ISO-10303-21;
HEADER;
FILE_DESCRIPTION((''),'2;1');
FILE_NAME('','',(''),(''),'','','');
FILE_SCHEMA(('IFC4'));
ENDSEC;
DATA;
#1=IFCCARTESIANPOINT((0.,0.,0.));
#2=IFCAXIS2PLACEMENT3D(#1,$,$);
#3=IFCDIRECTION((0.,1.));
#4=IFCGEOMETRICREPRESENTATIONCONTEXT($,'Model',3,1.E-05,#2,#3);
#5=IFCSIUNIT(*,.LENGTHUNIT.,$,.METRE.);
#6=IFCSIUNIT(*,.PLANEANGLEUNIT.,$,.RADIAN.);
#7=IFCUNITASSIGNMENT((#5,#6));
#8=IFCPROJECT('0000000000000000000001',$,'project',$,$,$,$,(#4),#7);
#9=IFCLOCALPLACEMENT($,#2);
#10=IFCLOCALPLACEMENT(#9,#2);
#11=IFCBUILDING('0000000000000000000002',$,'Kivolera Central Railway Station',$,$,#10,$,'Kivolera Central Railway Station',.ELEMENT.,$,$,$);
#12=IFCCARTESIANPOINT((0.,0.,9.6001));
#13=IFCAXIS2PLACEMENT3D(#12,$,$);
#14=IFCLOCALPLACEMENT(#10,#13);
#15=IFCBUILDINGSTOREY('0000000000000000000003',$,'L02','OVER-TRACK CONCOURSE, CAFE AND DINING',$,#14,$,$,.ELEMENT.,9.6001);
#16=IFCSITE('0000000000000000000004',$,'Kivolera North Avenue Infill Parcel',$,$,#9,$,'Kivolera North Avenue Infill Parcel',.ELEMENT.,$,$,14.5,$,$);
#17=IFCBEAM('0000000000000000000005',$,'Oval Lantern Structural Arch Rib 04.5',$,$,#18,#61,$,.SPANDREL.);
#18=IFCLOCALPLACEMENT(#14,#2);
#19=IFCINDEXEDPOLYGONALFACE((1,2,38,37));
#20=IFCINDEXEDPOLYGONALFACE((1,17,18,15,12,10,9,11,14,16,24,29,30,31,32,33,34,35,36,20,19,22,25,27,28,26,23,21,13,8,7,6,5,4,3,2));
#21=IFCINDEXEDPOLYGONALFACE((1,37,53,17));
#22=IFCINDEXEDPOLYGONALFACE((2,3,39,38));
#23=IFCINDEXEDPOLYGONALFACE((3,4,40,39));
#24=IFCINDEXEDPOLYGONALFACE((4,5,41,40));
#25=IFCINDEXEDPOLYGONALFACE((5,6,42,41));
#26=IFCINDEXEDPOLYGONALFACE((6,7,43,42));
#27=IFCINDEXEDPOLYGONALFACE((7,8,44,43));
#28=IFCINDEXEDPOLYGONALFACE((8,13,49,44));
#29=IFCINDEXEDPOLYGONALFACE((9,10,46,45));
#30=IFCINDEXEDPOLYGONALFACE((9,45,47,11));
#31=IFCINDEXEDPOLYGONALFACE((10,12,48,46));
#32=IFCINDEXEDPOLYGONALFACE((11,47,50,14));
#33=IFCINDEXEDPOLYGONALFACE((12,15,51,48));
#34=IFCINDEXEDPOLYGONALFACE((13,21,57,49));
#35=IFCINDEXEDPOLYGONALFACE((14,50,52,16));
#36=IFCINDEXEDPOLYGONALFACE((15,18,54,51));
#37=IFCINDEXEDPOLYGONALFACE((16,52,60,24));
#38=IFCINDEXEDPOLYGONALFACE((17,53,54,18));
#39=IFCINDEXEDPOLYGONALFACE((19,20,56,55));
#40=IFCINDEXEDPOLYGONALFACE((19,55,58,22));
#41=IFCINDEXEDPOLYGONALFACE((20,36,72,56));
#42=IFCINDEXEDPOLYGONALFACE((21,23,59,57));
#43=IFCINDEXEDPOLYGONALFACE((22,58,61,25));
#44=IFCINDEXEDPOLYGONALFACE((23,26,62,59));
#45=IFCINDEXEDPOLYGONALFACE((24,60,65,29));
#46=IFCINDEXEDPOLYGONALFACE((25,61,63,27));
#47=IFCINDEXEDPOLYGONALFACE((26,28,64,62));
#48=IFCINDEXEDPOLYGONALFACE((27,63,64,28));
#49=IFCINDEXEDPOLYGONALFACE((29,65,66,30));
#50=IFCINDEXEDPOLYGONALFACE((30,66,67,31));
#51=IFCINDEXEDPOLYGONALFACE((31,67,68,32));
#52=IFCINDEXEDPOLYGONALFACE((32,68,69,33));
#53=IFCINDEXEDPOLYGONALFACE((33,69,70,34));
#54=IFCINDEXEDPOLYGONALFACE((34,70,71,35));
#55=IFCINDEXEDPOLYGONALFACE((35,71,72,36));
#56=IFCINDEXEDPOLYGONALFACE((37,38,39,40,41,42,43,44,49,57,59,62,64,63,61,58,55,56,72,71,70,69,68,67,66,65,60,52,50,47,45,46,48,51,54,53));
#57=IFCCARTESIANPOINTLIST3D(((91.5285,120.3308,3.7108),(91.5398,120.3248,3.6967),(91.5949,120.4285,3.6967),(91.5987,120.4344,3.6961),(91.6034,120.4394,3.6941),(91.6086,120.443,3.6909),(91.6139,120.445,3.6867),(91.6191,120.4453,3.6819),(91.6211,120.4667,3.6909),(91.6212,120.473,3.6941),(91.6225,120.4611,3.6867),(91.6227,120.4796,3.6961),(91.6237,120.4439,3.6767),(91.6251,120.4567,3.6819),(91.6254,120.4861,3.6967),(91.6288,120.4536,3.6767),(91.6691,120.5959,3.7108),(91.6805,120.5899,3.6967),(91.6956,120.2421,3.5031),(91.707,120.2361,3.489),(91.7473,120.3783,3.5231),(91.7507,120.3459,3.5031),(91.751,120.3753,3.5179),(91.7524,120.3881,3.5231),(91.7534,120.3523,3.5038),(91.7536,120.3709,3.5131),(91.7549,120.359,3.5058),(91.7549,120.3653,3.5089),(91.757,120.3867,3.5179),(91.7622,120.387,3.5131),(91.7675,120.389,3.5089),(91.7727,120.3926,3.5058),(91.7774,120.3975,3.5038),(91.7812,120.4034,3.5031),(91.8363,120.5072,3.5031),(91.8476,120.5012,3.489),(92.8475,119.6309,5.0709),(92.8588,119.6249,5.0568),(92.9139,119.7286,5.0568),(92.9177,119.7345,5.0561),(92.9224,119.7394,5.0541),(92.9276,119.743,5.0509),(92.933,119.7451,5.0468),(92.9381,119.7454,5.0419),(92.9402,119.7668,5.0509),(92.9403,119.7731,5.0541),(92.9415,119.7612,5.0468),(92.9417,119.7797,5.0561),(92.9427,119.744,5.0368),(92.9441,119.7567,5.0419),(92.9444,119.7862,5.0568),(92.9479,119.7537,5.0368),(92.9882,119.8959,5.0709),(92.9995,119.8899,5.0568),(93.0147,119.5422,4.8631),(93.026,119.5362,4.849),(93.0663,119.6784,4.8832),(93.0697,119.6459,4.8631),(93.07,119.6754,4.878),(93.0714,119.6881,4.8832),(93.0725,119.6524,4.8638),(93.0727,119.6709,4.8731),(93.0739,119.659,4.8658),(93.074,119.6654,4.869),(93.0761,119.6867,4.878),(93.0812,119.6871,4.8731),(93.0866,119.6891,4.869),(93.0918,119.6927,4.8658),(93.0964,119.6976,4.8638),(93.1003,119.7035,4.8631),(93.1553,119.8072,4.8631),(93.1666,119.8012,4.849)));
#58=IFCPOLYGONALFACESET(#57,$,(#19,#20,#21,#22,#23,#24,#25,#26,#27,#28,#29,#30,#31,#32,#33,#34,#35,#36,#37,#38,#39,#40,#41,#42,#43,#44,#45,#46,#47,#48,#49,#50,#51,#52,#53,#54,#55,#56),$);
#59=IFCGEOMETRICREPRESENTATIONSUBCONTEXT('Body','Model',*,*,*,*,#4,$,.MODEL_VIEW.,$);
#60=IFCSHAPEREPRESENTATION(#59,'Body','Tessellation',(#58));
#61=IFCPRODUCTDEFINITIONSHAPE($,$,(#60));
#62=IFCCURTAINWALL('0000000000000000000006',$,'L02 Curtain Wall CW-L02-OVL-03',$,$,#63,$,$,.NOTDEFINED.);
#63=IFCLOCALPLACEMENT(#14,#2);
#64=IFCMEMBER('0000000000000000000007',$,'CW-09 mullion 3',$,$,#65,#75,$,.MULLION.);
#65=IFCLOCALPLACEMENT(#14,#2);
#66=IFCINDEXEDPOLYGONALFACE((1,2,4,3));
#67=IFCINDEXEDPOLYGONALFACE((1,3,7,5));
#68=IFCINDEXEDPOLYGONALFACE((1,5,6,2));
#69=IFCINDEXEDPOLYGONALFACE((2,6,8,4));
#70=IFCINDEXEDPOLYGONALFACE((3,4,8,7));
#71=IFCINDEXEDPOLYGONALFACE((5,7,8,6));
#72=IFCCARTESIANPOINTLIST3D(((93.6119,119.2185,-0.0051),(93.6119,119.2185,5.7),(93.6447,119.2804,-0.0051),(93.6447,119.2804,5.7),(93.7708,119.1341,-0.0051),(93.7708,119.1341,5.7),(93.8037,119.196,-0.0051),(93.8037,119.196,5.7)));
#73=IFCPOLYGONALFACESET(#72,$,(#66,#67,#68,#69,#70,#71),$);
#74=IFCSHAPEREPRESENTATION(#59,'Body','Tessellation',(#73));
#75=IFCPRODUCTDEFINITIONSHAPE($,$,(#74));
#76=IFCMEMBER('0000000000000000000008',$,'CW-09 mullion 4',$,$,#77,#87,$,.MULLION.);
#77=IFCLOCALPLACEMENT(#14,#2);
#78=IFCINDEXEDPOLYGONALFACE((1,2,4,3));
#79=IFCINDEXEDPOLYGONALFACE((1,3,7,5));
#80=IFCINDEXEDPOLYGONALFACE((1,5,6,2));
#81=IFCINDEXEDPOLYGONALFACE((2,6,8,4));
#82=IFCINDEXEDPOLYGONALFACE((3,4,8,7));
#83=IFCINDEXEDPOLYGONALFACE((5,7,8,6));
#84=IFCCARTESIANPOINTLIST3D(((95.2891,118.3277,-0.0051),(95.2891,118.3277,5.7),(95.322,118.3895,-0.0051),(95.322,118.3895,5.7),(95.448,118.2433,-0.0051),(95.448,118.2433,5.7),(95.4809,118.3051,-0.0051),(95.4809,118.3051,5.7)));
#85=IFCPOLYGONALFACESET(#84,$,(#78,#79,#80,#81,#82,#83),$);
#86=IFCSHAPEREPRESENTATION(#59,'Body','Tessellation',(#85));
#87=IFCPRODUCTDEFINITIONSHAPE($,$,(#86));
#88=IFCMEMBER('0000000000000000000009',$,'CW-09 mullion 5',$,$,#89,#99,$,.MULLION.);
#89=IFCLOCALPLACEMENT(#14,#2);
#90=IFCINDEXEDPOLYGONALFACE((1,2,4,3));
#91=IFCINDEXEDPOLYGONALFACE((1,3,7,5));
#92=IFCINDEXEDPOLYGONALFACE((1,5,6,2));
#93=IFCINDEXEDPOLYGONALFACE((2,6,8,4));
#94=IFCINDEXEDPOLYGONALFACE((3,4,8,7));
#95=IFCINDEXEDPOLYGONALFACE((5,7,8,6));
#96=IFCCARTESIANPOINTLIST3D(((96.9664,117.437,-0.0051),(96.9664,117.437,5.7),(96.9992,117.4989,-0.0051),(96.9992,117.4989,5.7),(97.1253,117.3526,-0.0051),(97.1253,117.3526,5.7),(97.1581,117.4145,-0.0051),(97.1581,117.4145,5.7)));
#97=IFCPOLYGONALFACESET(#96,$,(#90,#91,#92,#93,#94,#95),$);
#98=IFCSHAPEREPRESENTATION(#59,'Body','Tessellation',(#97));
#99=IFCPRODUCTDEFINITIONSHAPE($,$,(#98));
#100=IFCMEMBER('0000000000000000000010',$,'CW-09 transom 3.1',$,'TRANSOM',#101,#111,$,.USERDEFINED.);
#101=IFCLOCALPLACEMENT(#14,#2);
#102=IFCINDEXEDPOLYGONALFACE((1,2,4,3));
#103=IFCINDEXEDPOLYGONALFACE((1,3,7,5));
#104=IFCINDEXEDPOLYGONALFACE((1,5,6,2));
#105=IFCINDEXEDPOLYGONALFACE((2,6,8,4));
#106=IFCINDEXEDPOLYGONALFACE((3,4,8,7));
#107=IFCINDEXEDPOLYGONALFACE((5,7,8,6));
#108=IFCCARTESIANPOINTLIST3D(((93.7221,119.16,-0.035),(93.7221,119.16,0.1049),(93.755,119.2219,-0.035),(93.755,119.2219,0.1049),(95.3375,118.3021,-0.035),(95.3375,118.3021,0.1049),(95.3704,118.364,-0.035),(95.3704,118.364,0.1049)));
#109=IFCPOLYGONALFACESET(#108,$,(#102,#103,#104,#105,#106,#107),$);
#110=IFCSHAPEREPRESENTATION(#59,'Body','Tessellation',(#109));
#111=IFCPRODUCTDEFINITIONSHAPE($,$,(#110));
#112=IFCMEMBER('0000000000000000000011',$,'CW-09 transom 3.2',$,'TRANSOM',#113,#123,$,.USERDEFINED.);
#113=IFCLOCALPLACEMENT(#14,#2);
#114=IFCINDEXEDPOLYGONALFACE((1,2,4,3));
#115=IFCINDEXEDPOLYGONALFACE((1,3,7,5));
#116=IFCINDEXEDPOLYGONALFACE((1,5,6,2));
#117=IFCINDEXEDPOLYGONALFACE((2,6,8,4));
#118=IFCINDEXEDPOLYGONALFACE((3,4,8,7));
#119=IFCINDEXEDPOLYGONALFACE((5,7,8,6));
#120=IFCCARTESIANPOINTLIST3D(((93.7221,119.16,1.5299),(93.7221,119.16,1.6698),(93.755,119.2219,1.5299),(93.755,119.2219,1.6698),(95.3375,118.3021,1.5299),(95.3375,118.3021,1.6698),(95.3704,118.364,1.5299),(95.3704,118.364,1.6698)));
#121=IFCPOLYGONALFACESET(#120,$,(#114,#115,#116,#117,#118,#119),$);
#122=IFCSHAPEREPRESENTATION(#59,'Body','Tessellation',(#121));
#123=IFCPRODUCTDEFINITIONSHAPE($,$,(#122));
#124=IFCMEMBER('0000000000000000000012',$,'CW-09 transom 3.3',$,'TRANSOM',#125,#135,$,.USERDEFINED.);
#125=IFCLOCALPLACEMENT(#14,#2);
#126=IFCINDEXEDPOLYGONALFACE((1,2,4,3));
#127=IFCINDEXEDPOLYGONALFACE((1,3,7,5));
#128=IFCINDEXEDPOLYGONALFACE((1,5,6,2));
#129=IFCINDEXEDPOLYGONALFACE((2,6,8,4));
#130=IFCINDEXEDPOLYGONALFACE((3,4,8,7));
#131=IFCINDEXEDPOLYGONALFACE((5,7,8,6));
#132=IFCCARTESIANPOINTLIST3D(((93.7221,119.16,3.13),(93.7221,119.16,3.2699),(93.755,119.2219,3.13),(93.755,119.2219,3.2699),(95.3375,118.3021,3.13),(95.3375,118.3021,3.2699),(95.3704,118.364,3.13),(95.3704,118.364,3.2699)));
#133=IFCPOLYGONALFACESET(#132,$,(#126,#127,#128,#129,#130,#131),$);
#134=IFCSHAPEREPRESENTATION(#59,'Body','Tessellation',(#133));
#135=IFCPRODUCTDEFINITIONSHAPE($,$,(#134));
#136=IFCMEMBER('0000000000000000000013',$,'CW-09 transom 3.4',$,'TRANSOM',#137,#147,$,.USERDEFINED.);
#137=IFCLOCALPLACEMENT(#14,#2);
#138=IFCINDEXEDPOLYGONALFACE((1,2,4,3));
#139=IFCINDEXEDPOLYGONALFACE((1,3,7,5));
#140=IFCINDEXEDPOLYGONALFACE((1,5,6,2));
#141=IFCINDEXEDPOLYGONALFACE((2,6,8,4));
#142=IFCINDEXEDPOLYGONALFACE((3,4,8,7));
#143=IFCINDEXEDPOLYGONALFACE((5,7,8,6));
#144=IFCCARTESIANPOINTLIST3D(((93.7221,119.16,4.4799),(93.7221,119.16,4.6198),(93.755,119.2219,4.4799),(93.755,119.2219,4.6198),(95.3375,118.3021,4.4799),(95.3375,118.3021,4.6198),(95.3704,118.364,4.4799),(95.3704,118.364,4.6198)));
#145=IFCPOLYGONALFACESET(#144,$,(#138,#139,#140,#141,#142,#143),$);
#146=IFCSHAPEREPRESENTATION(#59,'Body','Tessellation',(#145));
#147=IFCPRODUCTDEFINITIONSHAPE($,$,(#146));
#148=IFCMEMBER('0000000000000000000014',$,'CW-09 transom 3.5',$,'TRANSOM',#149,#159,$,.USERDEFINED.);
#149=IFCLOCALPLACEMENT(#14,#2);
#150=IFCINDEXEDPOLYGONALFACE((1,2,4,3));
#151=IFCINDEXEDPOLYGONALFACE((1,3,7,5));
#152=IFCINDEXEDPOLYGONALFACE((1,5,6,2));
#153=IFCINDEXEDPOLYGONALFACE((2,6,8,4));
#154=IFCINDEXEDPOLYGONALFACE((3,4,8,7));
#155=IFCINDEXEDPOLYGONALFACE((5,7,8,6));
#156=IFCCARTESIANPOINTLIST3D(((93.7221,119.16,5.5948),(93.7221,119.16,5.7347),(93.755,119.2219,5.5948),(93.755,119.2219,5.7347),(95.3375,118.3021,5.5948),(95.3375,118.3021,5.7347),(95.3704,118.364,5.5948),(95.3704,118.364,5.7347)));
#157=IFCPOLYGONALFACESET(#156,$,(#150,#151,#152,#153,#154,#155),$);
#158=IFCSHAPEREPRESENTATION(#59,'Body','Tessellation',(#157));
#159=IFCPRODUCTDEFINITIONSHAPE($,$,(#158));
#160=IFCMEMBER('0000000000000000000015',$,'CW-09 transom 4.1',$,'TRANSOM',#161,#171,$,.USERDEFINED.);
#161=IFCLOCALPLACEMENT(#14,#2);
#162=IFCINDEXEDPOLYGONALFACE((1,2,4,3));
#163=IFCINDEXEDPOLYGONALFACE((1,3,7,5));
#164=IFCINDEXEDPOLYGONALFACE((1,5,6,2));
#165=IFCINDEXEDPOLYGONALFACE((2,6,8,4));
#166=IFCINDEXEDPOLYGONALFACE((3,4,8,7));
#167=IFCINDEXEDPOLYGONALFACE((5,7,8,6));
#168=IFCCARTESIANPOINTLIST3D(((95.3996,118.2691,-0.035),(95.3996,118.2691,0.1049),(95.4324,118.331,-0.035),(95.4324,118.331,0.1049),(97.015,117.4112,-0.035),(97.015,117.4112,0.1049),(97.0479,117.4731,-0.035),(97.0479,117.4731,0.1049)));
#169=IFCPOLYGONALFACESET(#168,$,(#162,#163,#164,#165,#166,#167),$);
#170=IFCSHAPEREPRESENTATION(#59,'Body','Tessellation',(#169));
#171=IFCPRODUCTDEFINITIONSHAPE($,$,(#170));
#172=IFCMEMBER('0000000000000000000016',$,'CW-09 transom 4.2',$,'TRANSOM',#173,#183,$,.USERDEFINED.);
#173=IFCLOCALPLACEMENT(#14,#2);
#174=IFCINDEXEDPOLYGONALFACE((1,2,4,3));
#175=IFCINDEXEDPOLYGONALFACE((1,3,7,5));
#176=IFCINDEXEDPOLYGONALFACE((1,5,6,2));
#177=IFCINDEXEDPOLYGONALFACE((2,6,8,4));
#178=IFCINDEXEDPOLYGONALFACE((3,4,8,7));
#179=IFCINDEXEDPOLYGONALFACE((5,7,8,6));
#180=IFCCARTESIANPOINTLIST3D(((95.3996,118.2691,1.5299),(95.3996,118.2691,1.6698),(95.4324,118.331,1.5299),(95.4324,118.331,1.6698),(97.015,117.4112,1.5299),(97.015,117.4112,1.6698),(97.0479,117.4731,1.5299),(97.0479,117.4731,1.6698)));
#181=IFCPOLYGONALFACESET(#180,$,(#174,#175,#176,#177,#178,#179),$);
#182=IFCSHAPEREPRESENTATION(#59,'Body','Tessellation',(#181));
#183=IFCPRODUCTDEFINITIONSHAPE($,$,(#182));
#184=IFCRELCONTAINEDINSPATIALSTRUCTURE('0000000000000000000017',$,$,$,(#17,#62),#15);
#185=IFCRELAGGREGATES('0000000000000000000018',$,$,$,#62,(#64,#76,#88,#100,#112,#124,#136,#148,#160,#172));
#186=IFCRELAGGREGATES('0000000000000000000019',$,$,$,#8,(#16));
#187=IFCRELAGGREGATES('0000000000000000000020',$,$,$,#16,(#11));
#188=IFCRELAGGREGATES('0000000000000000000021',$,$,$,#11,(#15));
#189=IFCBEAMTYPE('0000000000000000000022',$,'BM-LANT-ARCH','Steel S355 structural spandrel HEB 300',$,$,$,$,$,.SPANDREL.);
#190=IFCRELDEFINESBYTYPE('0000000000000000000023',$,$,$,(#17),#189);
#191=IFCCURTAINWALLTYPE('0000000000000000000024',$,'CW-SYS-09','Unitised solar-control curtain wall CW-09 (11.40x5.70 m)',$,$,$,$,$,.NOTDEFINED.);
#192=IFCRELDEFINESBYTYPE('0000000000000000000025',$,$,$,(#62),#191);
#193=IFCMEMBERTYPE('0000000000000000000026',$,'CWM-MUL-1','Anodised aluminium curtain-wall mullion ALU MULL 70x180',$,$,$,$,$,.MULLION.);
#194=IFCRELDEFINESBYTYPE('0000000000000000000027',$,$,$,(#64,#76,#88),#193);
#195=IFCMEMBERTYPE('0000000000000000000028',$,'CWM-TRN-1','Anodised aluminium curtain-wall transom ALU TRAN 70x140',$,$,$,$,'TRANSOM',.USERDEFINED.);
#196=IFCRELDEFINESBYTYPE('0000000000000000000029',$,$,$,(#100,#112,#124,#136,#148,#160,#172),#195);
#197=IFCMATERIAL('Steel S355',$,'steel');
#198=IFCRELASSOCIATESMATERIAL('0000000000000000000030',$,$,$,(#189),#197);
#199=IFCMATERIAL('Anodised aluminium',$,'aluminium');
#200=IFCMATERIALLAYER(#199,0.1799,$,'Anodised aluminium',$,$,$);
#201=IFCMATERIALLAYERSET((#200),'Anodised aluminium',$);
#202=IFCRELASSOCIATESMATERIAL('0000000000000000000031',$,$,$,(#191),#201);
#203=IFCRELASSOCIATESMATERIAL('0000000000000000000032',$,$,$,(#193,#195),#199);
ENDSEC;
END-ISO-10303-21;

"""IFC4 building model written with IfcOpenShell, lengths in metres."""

from ifc_helpers import new_model, si_unit, direction, frame, origin, origin_2d, place, context, subcontext, project, spatial, rectangle, i_section, extrude, material, layer, layer_set, material_profile, profile_set, type_object, element, aggregate, save


model = new_model("IFC4")

# Units and contexts
model_context = context("Model", 3, precision=1e-05, world=origin(), true_north=direction((0.0, 1.0)))
body_context = subcontext(model_context, "Body", "Model", "MODEL_VIEW")
ifc_project = project(units=[si_unit("LENGTHUNIT", "METRE"), si_unit("PLANEANGLEUNIT", "RADIAN")], contexts=[model_context])

# Site, building, storey
site_placement = place(None, origin())
site = spatial("IfcSite", under=ifc_project, at=site_placement, Name="Kivolera North Avenue Infill Parcel", LongName="Kivolera North Avenue Infill Parcel", CompositionType="ELEMENT", RefElevation=14.5)
building_placement = place(site_placement, origin())
building = spatial("IfcBuilding", under=site, at=building_placement, Name="Kivolera Central Railway Station", LongName="Kivolera Central Railway Station", CompositionType="ELEMENT")
storey_placement = place(building_placement, frame((0.0, 0.0, 9.6001)))
storey = spatial("IfcBuildingStorey", under=building, at=storey_placement, Name="L02", Description="OVER-TRACK CONCOURSE, CAFE AND DINING", CompositionType="ELEMENT", Elevation=9.6001)

# Beam
ifc_material_1 = material(Name="Steel S355", Category="steel")
ifc_material_profile_1 = material_profile(ifc_material_1, i_section(OverallWidth=0.3, OverallDepth=0.3, WebThickness=0.011, FlangeThickness=0.019, FilletRadius=0.0271, at=origin_2d()), Name="HEB 300")
ifc_profile_set_1 = profile_set([ifc_material_profile_1], Name="Steel S355")
beam_type = type_object("IfcBeamType", Name="BM-LANT-ARCH", Description="Steel S355 structural spandrel HEB 300", PredefinedType="SPANDREL", material=ifc_profile_set_1)
beam_placement = place(storey_placement, frame((93.0071, 119.7161, 4.96), z_axis=(-0.653062, 0.346535, -0.673368), x_axis=(-0.468729, -0.883342, 0.0)))
element("IfcBeam", 1, at=beam_placement, inside=storey, type_object=beam_type, Name="Oval Lantern Structural Arch Rib 04.5", PredefinedType="SPANDREL", context=body_context, shape_type="SweptSolid", body=[
    extrude(i_section(OverallWidth=0.3, OverallDepth=0.3, WebThickness=0.011, FlangeThickness=0.019, FilletRadius=0.0271, at=origin_2d()), origin(), (0.0, 0.0, 1.0), 2.0198),
])

# Curtain wall, members
ifc_material_2 = material(Name="Anodised aluminium", Category="aluminium")
ifc_layer_1 = layer(ifc_material_2, 0.1799, Name="Anodised aluminium")
ifc_layer_set_1 = layer_set([ifc_layer_1], Name="Anodised aluminium")
curtain_wall_type = type_object("IfcCurtainWallType", Name="CW-SYS-09", Description="Unitised solar-control curtain wall CW-09 (11.40x5.70 m)", PredefinedType="NOTDEFINED", material=ifc_layer_set_1)
curtain_wall_placement = place(storey_placement, origin())
curtain_wall = element("IfcCurtainWall", 2, at=curtain_wall_placement, inside=storey, type_object=curtain_wall_type, Name="L02 Curtain Wall CW-L02-OVL-03", PredefinedType="NOTDEFINED")
ifc_material_profile_2 = material_profile(ifc_material_2, rectangle(XDim=0.0701, YDim=0.1799, at=origin_2d()), Name="ALU MULL 70x180")
ifc_profile_set_2 = profile_set([ifc_material_profile_2], Name="Anodised aluminium")
member_type_1 = type_object("IfcMemberType", Name="CWM-MUL-1", Description="Anodised aluminium curtain-wall mullion ALU MULL 70x180", PredefinedType="MULLION", material=ifc_profile_set_2)
member_1_placement = place(storey_placement, frame((93.7078, 119.2073, -0.0051), z_axis=(0.0, 0.0, 1.0), x_axis=(0.469053, 0.88317, 0.0)))
member_1 = element("IfcMember", 3, at=member_1_placement, type_object=member_type_1, Name="CW-09 mullion 3", PredefinedType="MULLION", context=body_context, shape_type="SweptSolid", body=[
    extrude(rectangle(XDim=0.0701, YDim=0.1799, at=origin_2d()), origin(), (0.0, 0.0, 1.0), 5.7051),
])
member_2_placement = place(storey_placement, frame((95.385, 118.3164, -0.0051), z_axis=(0.0, 0.0, 1.0), x_axis=(0.469053, 0.88317, 0.0)))
member_2 = element("IfcMember", 4, at=member_2_placement, type_object=member_type_1, Name="CW-09 mullion 4", PredefinedType="MULLION", context=body_context, shape_type="SweptSolid", body=[
    extrude(rectangle(XDim=0.0701, YDim=0.1799, at=origin_2d()), origin(), (0.0, 0.0, 1.0), 5.7051),
])
member_3_placement = place(storey_placement, frame((97.0623, 117.4258, -0.0051), z_axis=(0.0, 0.0, 1.0), x_axis=(0.469053, 0.88317, 0.0)))
member_3 = element("IfcMember", 5, at=member_3_placement, type_object=member_type_1, Name="CW-09 mullion 5", PredefinedType="MULLION", context=body_context, shape_type="SweptSolid", body=[
    extrude(rectangle(XDim=0.0701, YDim=0.1799, at=origin_2d()), origin(), (0.0, 0.0, 1.0), 5.7051),
])
ifc_material_profile_3 = material_profile(ifc_material_2, rectangle(XDim=0.0701, YDim=0.1399, at=origin_2d()), Name="ALU TRAN 70x140")
ifc_profile_set_3 = profile_set([ifc_material_profile_3], Name="Anodised aluminium")
member_type_2 = type_object("IfcMemberType", Name="CWM-TRN-1", Description="Anodised aluminium curtain-wall transom ALU TRAN 70x140", ElementType="TRANSOM", PredefinedType="USERDEFINED", material=ifc_profile_set_3)
member_4_placement = place(storey_placement, frame((93.7385, 119.1909, 0.0349), z_axis=(0.883187, -0.469022, 0.0), x_axis=(0.469022, 0.883187, 0.0)))
member_4 = element("IfcMember", 6, at=member_4_placement, type_object=member_type_2, Name="CW-09 transom 3.1", ObjectType="TRANSOM", PredefinedType="USERDEFINED", context=body_context, shape_type="SweptSolid", body=[
    extrude(rectangle(XDim=0.0701, YDim=0.1399, at=origin_2d()), origin(), (0.0, 0.0, 1.0), 1.8291),
])
member_5_placement = place(storey_placement, frame((93.7385, 119.1909, 1.5999), z_axis=(0.883187, -0.469022, 0.0), x_axis=(0.469022, 0.883187, 0.0)))
member_5 = element("IfcMember", 7, at=member_5_placement, type_object=member_type_2, Name="CW-09 transom 3.2", ObjectType="TRANSOM", PredefinedType="USERDEFINED", context=body_context, shape_type="SweptSolid", body=[
    extrude(rectangle(XDim=0.0701, YDim=0.1399, at=origin_2d()), origin(), (0.0, 0.0, 1.0), 1.8291),
])
member_6_placement = place(storey_placement, frame((93.7385, 119.1909, 3.2), z_axis=(0.883187, -0.469022, 0.0), x_axis=(0.469022, 0.883187, 0.0)))
member_6 = element("IfcMember", 8, at=member_6_placement, type_object=member_type_2, Name="CW-09 transom 3.3", ObjectType="TRANSOM", PredefinedType="USERDEFINED", context=body_context, shape_type="SweptSolid", body=[
    extrude(rectangle(XDim=0.0701, YDim=0.1399, at=origin_2d()), origin(), (0.0, 0.0, 1.0), 1.8291),
])
member_7_placement = place(storey_placement, frame((93.7385, 119.1909, 4.5498), z_axis=(0.883187, -0.469022, 0.0), x_axis=(0.469022, 0.883187, 0.0)))
member_7 = element("IfcMember", 9, at=member_7_placement, type_object=member_type_2, Name="CW-09 transom 3.4", ObjectType="TRANSOM", PredefinedType="USERDEFINED", context=body_context, shape_type="SweptSolid", body=[
    extrude(rectangle(XDim=0.0701, YDim=0.1399, at=origin_2d()), origin(), (0.0, 0.0, 1.0), 1.8291),
])
member_8_placement = place(storey_placement, frame((93.7385, 119.1909, 5.6648), z_axis=(0.883187, -0.469022, 0.0), x_axis=(0.469022, 0.883187, 0.0)))
member_8 = element("IfcMember", 10, at=member_8_placement, type_object=member_type_2, Name="CW-09 transom 3.5", ObjectType="TRANSOM", PredefinedType="USERDEFINED", context=body_context, shape_type="SweptSolid", body=[
    extrude(rectangle(XDim=0.0701, YDim=0.1399, at=origin_2d()), origin(), (0.0, 0.0, 1.0), 1.8291),
])
member_9_placement = place(storey_placement, frame((95.416, 118.3, 0.0349), z_axis=(0.883187, -0.469022, 0.0), x_axis=(0.469022, 0.883187, 0.0)))
member_9 = element("IfcMember", 11, at=member_9_placement, type_object=member_type_2, Name="CW-09 transom 4.1", ObjectType="TRANSOM", PredefinedType="USERDEFINED", context=body_context, shape_type="SweptSolid", body=[
    extrude(rectangle(XDim=0.0701, YDim=0.1399, at=origin_2d()), origin(), (0.0, 0.0, 1.0), 1.8291),
])
member_10_placement = place(storey_placement, frame((95.416, 118.3, 1.5999), z_axis=(0.883187, -0.469022, 0.0), x_axis=(0.469022, 0.883187, 0.0)))
member_10 = element("IfcMember", 12, at=member_10_placement, type_object=member_type_2, Name="CW-09 transom 4.2", ObjectType="TRANSOM", PredefinedType="USERDEFINED", context=body_context, shape_type="SweptSolid", body=[
    extrude(rectangle(XDim=0.0701, YDim=0.1399, at=origin_2d()), origin(), (0.0, 0.0, 1.0), 1.8291),
])
aggregate(curtain_wall, [member_1, member_2, member_3, member_4, member_5, member_6, member_7, member_8, member_9, member_10])

save(model, "model.ifc")
